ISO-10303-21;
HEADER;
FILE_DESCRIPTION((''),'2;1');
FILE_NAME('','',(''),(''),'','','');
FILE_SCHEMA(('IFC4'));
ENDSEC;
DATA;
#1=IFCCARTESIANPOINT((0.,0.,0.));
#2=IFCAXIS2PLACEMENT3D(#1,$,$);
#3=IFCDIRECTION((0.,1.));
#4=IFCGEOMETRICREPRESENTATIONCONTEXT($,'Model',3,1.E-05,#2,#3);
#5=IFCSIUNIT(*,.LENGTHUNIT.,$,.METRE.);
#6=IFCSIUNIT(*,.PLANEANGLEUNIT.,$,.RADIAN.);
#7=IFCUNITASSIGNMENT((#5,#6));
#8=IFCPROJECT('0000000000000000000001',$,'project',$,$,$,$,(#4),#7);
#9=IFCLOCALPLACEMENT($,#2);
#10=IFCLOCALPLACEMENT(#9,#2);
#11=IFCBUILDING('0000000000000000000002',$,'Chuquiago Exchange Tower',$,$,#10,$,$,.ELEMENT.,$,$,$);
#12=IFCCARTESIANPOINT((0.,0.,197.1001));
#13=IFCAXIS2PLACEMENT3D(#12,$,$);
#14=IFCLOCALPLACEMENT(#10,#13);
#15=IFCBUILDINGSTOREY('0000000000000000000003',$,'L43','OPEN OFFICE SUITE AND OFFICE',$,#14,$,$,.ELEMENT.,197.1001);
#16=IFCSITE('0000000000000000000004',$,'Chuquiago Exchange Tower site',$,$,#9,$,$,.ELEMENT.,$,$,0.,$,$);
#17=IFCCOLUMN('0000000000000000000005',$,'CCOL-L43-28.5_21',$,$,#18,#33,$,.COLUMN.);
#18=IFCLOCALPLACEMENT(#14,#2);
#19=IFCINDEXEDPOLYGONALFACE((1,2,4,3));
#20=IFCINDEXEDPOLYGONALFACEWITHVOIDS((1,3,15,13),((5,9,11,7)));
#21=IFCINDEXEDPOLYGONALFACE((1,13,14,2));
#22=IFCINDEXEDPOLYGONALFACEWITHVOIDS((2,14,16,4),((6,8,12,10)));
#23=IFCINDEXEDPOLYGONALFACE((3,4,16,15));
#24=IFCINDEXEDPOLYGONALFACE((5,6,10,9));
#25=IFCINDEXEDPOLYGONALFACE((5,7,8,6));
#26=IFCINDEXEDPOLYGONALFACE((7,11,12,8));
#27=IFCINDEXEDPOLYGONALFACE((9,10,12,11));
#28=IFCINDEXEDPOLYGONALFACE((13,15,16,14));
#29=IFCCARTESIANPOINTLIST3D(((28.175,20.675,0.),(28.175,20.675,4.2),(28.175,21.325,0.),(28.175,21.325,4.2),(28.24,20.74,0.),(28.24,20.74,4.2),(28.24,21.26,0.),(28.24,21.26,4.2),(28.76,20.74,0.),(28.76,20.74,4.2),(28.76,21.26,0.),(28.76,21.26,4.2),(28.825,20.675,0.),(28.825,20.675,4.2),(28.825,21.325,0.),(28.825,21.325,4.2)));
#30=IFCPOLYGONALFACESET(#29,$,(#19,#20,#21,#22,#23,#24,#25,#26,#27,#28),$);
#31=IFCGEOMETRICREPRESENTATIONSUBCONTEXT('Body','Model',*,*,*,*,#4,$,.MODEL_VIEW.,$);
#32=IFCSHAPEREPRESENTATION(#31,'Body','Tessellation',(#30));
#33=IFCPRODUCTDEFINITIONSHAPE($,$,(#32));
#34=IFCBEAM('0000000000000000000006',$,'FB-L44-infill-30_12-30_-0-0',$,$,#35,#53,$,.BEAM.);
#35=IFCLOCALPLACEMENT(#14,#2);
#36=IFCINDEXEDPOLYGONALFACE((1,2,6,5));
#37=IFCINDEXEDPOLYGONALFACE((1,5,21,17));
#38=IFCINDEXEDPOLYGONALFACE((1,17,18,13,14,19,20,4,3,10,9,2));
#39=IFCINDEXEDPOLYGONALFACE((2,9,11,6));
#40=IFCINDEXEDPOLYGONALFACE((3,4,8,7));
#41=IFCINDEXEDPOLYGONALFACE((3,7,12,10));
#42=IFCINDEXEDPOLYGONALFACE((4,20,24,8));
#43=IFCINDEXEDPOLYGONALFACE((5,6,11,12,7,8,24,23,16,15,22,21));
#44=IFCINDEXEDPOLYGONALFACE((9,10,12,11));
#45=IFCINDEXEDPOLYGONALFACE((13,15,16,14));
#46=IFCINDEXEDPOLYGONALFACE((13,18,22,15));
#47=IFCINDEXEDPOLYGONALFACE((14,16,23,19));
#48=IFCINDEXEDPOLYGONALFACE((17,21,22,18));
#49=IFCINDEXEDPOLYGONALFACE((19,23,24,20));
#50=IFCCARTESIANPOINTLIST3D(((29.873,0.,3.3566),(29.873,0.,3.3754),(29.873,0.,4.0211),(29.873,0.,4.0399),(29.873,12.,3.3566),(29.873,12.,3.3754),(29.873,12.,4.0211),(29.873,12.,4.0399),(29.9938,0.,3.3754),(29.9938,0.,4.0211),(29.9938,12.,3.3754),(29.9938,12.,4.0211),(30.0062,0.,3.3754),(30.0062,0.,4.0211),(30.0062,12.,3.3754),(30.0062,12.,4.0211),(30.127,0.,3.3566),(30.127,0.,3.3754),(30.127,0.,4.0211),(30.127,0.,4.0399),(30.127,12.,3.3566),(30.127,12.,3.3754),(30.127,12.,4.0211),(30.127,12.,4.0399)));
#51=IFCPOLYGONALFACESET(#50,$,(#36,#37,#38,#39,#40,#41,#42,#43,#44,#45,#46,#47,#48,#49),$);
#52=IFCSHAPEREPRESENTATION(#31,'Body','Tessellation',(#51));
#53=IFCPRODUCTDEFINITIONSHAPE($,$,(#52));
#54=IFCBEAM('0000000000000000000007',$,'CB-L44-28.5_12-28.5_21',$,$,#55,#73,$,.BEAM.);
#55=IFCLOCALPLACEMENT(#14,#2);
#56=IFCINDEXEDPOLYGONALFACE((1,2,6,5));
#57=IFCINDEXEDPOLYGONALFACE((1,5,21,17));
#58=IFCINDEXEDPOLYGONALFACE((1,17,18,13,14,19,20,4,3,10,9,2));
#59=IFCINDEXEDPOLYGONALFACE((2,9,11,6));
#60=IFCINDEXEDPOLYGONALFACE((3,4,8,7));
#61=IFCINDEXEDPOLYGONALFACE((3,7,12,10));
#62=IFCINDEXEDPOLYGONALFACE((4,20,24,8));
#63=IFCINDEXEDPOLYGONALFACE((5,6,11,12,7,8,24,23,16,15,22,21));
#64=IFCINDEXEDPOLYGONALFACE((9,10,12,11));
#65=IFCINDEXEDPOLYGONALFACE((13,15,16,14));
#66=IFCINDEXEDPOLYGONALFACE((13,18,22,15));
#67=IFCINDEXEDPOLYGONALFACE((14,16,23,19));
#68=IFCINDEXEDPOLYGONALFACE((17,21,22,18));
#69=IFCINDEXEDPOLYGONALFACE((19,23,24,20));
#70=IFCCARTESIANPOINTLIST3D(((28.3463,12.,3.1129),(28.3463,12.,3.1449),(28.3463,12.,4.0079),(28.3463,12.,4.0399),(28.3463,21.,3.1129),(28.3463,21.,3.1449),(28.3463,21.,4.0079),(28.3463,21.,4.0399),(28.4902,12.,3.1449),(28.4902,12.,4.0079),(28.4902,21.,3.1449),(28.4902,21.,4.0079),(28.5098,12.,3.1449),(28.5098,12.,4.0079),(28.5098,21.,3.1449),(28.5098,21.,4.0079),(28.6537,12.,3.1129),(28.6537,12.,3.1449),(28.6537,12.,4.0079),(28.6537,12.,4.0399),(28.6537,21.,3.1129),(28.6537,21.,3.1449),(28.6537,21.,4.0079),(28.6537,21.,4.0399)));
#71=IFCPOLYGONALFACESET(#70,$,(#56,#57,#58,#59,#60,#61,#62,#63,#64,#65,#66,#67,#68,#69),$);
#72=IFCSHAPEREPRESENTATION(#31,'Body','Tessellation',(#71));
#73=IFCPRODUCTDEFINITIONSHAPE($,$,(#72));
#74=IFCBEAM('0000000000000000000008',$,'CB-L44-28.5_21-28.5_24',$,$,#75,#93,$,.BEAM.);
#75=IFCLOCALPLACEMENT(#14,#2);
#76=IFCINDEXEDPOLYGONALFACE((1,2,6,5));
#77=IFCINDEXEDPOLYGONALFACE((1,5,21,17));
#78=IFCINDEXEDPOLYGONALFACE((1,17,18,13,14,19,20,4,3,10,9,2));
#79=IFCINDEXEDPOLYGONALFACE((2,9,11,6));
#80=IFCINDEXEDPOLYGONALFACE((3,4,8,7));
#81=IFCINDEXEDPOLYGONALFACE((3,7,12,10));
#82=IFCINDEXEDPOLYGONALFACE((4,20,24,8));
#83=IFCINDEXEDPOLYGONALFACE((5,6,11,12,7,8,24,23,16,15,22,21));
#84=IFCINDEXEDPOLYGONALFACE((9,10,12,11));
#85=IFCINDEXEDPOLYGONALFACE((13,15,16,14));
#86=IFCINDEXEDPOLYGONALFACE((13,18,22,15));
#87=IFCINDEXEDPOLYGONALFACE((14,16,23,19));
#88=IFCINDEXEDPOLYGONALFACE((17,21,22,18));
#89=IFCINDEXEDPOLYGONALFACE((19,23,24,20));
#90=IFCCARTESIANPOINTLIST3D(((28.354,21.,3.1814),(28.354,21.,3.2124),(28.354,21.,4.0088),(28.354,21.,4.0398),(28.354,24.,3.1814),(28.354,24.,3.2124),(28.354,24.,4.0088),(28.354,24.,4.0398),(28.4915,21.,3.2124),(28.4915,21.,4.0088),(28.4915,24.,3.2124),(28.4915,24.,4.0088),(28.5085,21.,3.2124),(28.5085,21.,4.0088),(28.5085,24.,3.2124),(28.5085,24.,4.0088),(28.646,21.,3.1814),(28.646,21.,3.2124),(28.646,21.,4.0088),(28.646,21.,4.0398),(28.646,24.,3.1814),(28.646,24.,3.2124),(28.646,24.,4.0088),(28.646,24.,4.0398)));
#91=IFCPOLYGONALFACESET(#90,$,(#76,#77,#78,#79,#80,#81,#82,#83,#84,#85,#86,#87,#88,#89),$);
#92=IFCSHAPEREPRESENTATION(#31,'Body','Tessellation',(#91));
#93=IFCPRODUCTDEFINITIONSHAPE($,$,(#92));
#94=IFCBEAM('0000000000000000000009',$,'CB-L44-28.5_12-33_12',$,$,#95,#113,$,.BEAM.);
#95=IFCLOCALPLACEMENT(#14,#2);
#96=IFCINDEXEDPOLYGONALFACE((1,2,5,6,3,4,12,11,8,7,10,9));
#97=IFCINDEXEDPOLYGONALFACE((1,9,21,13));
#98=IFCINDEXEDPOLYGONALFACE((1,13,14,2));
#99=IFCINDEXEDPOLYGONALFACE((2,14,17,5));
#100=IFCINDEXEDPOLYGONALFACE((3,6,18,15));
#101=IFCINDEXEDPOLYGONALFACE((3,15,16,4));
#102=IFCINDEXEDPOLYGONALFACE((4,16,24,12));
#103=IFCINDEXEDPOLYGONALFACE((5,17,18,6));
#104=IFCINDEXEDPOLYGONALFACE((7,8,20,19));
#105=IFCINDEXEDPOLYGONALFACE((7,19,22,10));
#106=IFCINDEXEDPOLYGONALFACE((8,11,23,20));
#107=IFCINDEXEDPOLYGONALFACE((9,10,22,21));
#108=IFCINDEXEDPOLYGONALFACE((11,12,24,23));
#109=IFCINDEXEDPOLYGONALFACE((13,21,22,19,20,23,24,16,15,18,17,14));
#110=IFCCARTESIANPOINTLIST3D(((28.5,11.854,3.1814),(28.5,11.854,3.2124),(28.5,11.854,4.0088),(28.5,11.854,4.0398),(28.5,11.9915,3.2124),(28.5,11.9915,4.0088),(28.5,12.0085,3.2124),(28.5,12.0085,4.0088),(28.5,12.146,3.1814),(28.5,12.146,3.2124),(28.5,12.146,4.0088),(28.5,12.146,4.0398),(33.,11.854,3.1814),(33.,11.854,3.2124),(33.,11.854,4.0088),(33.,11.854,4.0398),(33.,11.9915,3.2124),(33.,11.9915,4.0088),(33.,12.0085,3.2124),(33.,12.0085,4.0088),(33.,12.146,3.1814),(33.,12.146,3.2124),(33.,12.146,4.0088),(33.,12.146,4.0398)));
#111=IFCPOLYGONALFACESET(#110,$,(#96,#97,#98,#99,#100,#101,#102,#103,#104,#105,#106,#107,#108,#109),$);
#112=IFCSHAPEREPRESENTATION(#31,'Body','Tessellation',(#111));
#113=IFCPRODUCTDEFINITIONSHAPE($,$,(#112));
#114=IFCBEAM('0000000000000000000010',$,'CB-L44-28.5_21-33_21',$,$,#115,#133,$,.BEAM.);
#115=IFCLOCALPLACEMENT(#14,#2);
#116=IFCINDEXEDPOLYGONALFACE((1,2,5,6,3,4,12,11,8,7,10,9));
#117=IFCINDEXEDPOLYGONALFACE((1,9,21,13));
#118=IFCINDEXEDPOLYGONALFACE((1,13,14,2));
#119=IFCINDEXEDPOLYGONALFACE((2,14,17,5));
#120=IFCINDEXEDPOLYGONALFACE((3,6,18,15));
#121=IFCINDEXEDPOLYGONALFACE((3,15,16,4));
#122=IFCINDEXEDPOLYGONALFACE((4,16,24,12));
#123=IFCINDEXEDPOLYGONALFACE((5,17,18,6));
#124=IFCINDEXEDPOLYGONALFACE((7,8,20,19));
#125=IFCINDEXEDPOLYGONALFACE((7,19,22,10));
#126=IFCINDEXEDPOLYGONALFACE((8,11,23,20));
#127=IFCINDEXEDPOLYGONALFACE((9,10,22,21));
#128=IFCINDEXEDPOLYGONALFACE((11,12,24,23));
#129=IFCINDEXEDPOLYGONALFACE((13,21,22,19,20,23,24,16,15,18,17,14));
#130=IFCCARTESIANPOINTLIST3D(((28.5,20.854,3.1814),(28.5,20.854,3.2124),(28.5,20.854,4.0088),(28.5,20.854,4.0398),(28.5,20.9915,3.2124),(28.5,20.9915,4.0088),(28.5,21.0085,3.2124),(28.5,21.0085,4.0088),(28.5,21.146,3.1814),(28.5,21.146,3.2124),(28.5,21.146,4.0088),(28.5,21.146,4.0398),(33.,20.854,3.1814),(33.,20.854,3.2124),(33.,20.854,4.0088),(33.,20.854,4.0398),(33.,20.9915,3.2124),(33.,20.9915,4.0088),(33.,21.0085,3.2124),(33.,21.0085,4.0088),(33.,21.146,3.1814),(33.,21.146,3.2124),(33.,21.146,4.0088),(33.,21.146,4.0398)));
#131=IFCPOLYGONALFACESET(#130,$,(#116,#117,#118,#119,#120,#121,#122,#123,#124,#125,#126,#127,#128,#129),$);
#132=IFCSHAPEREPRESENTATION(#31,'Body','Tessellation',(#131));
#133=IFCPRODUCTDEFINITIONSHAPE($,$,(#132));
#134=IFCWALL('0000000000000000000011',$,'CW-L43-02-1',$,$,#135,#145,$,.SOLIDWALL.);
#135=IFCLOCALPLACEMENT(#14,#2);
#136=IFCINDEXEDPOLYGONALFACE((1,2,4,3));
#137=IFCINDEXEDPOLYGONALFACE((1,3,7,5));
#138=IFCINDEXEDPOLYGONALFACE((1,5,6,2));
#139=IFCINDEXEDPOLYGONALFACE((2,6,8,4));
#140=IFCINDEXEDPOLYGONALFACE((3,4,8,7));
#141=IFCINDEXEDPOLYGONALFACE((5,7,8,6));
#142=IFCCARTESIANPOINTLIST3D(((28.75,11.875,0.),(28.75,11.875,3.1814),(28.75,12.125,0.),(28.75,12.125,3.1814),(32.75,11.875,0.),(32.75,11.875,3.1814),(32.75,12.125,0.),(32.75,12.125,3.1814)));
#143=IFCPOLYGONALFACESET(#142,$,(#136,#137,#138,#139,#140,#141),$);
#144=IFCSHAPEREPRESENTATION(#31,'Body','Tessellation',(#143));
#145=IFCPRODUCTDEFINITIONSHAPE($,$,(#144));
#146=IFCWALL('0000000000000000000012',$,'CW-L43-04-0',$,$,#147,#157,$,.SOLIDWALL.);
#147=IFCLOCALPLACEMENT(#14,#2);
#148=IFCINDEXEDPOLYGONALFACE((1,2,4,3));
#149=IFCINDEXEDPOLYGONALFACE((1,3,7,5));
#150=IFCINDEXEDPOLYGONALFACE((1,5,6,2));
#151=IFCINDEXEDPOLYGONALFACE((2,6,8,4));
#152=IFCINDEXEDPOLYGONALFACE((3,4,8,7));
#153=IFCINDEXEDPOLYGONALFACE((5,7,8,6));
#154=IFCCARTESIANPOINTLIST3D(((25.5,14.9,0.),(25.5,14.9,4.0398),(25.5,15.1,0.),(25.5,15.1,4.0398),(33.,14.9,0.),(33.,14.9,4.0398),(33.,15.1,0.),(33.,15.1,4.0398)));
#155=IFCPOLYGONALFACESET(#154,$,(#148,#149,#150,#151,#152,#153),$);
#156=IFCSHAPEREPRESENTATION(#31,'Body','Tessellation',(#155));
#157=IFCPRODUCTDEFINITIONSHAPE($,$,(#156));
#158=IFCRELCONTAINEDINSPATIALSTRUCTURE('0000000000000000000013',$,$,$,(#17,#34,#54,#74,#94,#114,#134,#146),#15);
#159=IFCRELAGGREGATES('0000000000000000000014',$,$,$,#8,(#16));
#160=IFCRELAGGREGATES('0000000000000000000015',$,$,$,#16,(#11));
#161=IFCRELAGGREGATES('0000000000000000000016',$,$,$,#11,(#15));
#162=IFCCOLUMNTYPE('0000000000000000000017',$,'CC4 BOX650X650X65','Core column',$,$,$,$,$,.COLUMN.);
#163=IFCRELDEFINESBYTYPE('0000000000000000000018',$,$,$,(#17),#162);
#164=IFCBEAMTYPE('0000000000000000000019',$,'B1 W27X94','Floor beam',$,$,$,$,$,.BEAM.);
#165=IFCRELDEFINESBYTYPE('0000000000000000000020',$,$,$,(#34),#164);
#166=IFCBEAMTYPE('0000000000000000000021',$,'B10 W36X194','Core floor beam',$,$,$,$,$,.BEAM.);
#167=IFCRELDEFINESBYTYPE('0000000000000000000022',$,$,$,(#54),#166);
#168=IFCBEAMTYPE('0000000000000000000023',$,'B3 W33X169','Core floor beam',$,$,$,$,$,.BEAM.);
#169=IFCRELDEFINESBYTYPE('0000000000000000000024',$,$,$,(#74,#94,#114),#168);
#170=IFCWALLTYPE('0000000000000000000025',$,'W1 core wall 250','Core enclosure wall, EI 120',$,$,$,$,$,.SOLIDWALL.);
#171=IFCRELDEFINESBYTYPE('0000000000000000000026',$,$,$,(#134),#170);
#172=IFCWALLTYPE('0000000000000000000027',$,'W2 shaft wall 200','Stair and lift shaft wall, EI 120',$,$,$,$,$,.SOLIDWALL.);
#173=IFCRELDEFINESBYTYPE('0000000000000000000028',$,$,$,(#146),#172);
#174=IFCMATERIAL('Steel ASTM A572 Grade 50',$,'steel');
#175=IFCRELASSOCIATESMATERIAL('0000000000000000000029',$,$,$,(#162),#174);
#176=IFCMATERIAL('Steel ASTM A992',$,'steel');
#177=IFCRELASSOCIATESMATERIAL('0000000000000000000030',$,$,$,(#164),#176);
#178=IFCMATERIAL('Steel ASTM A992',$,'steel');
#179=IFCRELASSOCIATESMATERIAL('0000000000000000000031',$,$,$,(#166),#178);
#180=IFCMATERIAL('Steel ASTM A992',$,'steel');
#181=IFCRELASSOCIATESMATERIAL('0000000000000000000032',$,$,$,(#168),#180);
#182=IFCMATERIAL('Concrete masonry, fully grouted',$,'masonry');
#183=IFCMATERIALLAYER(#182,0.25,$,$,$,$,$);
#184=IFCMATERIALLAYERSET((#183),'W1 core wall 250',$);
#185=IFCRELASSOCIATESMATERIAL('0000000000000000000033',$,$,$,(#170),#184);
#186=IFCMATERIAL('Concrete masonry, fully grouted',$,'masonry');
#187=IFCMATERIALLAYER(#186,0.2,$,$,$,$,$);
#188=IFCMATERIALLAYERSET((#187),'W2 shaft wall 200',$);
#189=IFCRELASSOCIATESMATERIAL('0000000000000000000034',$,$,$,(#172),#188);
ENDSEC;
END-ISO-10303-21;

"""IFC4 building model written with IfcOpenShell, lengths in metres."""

from ifc_helpers import new_model, si_unit, direction, frame, frame_2d, origin, origin_2d, place, context, subcontext, project, spatial, rectangle, hollow_rectangle, i_section, extrude, material, layer, layer_set, material_profile, profile_set, type_object, element, save


model = new_model("IFC4")

# Units and contexts
model_context = context("Model", 3, precision=1e-05, world=origin(), true_north=direction((0.0, 1.0)))
body_context = subcontext(model_context, "Body", "Model", "MODEL_VIEW")
ifc_project = project(units=[si_unit("LENGTHUNIT", "METRE"), si_unit("PLANEANGLEUNIT", "RADIAN")], contexts=[model_context])

# Site, building, storey
site_placement = place(None, origin())
site = spatial("IfcSite", under=ifc_project, at=site_placement, Name="Chuquiago Exchange Tower site", CompositionType="ELEMENT", RefElevation=0.0)
building_placement = place(site_placement, origin())
building = spatial("IfcBuilding", under=site, at=building_placement, Name="Chuquiago Exchange Tower", CompositionType="ELEMENT")
storey_placement = place(building_placement, frame((0.0, 0.0, 197.1001)))
storey = spatial("IfcBuildingStorey", under=building, at=storey_placement, Name="L43", Description="OPEN OFFICE SUITE AND OFFICE", CompositionType="ELEMENT", Elevation=197.1001)

# Column
ifc_material_1 = material(Name="Steel ASTM A572 Grade 50", Category="steel")
ifc_material_profile_1 = material_profile(ifc_material_1, hollow_rectangle(XDim=0.6499, YDim=0.6499, WallThickness=0.0649, at=origin_2d()), Name="BOX650X650X65")
ifc_profile_set_1 = profile_set([ifc_material_profile_1], Name="Steel ASTM A572 Grade 50")
column_type = type_object("IfcColumnType", Name="CC4 BOX650X650X65", Description="Core column", PredefinedType="COLUMN", material=ifc_profile_set_1)
column_placement = place(storey_placement, frame((28.5, 21.0, 0.0), z_axis=(0.0, 0.0, 1.0), x_axis=(1.0, 0.0, 0.0)))
element("IfcColumn", 1, at=column_placement, inside=storey, type_object=column_type, Name="CCOL-L43-28.5_21", PredefinedType="COLUMN", context=body_context, shape_type="SweptSolid", body=[
    extrude(hollow_rectangle(XDim=0.6499, YDim=0.6499, WallThickness=0.0649, at=origin_2d()), origin(), (0.0, 0.0, 1.0), 4.2),
])

# Beams
ifc_material_2 = material(Name="Steel ASTM A992", Category="steel")
ifc_material_profile_2 = material_profile(ifc_material_2, i_section(OverallWidth=0.2539, OverallDepth=0.6833, WebThickness=0.0125, FlangeThickness=0.0188, at=origin_2d()), Name="W27X94")
ifc_profile_set_2 = profile_set([ifc_material_profile_2], Name="Steel ASTM A992")
beam_type_1 = type_object("IfcBeamType", Name="B1 W27X94", Description="Floor beam", PredefinedType="BEAM", material=ifc_profile_set_2)
beam_1_placement = place(storey_placement, frame((30.0, 12.0, 3.6982), z_axis=(0.0, -1.0, 0.0), x_axis=(1.0, 0.0, 0.0)))
element("IfcBeam", 2, at=beam_1_placement, inside=storey, type_object=beam_type_1, Name="FB-L44-infill-30_12-30_-0-0", PredefinedType="BEAM", context=body_context, shape_type="SweptSolid", body=[
    extrude(i_section(OverallWidth=0.2539, OverallDepth=0.6833, WebThickness=0.0125, FlangeThickness=0.0188, at=origin_2d()), origin(), (0.0, 0.0, 1.0), 12.0),
])
ifc_material_3 = material(Name="Steel ASTM A992", Category="steel")
ifc_material_profile_3 = material_profile(ifc_material_3, i_section(OverallWidth=0.3074, OverallDepth=0.927, WebThickness=0.0195, FlangeThickness=0.032, at=origin_2d()), Name="W36X194")
ifc_profile_set_3 = profile_set([ifc_material_profile_3], Name="Steel ASTM A992")
beam_type_2 = type_object("IfcBeamType", Name="B10 W36X194", Description="Core floor beam", PredefinedType="BEAM", material=ifc_profile_set_3)
beam_2_placement = place(storey_placement, frame((28.5, 12.0, 3.5764), z_axis=(0.0, 1.0, 0.0), x_axis=(-1.0, 0.0, 0.0)))
element("IfcBeam", 3, at=beam_2_placement, inside=storey, type_object=beam_type_2, Name="CB-L44-28.5_12-28.5_21", PredefinedType="BEAM", context=body_context, shape_type="SweptSolid", body=[
    extrude(i_section(OverallWidth=0.3074, OverallDepth=0.927, WebThickness=0.0195, FlangeThickness=0.032, at=origin_2d()), origin(), (0.0, 0.0, 1.0), 9.0),
])
ifc_material_4 = material(Name="Steel ASTM A992", Category="steel")
ifc_material_profile_4 = material_profile(ifc_material_4, i_section(OverallWidth=0.292, OverallDepth=0.8584, WebThickness=0.0171, FlangeThickness=0.031, at=origin_2d()), Name="W33X169")
ifc_profile_set_4 = profile_set([ifc_material_profile_4], Name="Steel ASTM A992")
beam_type_3 = type_object("IfcBeamType", Name="B3 W33X169", Description="Core floor beam", PredefinedType="BEAM", material=ifc_profile_set_4)
beam_3_placement = place(storey_placement, frame((28.5, 21.0, 3.6106), z_axis=(0.0, 1.0, 0.0), x_axis=(-1.0, 0.0, 0.0)))
element("IfcBeam", 4, at=beam_3_placement, inside=storey, type_object=beam_type_3, Name="CB-L44-28.5_21-28.5_24", PredefinedType="BEAM", context=body_context, shape_type="SweptSolid", body=[
    extrude(i_section(OverallWidth=0.292, OverallDepth=0.8584, WebThickness=0.0171, FlangeThickness=0.031, at=origin_2d()), origin(), (0.0, 0.0, 1.0), 3.0),
])
for number, where, z_axis, x_axis, name in (
    (5, (28.5, 12.0, 3.6106), (1.0, 0.0, 0.0), (0.0, 1.0, 0.0), "CB-L44-28.5_12-33_12"),
    (6, (28.5, 21.0, 3.6106), (1.0, 0.0, 0.0), (0.0, 1.0, 0.0), "CB-L44-28.5_21-33_21"),
):
    element("IfcBeam", number, at=place(storey_placement, frame(where, z_axis=z_axis, x_axis=x_axis)), inside=storey, type_object=beam_type_3, Name=name, PredefinedType="BEAM", context=body_context, shape_type="SweptSolid", body=[
        extrude(i_section(OverallWidth=0.292, OverallDepth=0.8584, WebThickness=0.0171, FlangeThickness=0.031, at=origin_2d()), origin(), (0.0, 0.0, 1.0), 4.5),
    ])

# Walls
ifc_material_5 = material(Name="Concrete masonry, fully grouted", Category="masonry")
ifc_layer_1 = layer(ifc_material_5, 0.25)
ifc_layer_set_1 = layer_set([ifc_layer_1], Name="W1 core wall 250")
wall_type_1 = type_object("IfcWallType", Name="W1 core wall 250", Description="Core enclosure wall, EI 120", PredefinedType="SOLIDWALL", material=ifc_layer_set_1)
wall_1_placement = place(storey_placement, frame((28.75, 12.0, 0.0), z_axis=(0.0, 0.0, 1.0), x_axis=(1.0, 0.0, 0.0)))
element("IfcWall", 7, at=wall_1_placement, inside=storey, type_object=wall_type_1, Name="CW-L43-02-1", PredefinedType="SOLIDWALL", context=body_context, shape_type="SweptSolid", body=[
    extrude(rectangle(XDim=4.0, YDim=0.25, at=frame_2d((2.0, 0.0))), origin(), (0.0, 0.0, 1.0), 3.1814),
])
ifc_material_6 = material(Name="Concrete masonry, fully grouted", Category="masonry")
ifc_layer_2 = layer(ifc_material_6, 0.2)
ifc_layer_set_2 = layer_set([ifc_layer_2], Name="W2 shaft wall 200")
wall_type_2 = type_object("IfcWallType", Name="W2 shaft wall 200", Description="Stair and lift shaft wall, EI 120", PredefinedType="SOLIDWALL", material=ifc_layer_set_2)
wall_2_placement = place(storey_placement, frame((25.5, 15.0, 0.0), z_axis=(0.0, 0.0, 1.0), x_axis=(1.0, 0.0, 0.0)))
element("IfcWall", 8, at=wall_2_placement, inside=storey, type_object=wall_type_2, Name="CW-L43-04-0", PredefinedType="SOLIDWALL", context=body_context, shape_type="SweptSolid", body=[
    extrude(rectangle(XDim=7.5, YDim=0.2, at=frame_2d((3.75, 0.0))), origin(), (0.0, 0.0, 1.0), 4.0398),
])

save(model, "model.ifc")
